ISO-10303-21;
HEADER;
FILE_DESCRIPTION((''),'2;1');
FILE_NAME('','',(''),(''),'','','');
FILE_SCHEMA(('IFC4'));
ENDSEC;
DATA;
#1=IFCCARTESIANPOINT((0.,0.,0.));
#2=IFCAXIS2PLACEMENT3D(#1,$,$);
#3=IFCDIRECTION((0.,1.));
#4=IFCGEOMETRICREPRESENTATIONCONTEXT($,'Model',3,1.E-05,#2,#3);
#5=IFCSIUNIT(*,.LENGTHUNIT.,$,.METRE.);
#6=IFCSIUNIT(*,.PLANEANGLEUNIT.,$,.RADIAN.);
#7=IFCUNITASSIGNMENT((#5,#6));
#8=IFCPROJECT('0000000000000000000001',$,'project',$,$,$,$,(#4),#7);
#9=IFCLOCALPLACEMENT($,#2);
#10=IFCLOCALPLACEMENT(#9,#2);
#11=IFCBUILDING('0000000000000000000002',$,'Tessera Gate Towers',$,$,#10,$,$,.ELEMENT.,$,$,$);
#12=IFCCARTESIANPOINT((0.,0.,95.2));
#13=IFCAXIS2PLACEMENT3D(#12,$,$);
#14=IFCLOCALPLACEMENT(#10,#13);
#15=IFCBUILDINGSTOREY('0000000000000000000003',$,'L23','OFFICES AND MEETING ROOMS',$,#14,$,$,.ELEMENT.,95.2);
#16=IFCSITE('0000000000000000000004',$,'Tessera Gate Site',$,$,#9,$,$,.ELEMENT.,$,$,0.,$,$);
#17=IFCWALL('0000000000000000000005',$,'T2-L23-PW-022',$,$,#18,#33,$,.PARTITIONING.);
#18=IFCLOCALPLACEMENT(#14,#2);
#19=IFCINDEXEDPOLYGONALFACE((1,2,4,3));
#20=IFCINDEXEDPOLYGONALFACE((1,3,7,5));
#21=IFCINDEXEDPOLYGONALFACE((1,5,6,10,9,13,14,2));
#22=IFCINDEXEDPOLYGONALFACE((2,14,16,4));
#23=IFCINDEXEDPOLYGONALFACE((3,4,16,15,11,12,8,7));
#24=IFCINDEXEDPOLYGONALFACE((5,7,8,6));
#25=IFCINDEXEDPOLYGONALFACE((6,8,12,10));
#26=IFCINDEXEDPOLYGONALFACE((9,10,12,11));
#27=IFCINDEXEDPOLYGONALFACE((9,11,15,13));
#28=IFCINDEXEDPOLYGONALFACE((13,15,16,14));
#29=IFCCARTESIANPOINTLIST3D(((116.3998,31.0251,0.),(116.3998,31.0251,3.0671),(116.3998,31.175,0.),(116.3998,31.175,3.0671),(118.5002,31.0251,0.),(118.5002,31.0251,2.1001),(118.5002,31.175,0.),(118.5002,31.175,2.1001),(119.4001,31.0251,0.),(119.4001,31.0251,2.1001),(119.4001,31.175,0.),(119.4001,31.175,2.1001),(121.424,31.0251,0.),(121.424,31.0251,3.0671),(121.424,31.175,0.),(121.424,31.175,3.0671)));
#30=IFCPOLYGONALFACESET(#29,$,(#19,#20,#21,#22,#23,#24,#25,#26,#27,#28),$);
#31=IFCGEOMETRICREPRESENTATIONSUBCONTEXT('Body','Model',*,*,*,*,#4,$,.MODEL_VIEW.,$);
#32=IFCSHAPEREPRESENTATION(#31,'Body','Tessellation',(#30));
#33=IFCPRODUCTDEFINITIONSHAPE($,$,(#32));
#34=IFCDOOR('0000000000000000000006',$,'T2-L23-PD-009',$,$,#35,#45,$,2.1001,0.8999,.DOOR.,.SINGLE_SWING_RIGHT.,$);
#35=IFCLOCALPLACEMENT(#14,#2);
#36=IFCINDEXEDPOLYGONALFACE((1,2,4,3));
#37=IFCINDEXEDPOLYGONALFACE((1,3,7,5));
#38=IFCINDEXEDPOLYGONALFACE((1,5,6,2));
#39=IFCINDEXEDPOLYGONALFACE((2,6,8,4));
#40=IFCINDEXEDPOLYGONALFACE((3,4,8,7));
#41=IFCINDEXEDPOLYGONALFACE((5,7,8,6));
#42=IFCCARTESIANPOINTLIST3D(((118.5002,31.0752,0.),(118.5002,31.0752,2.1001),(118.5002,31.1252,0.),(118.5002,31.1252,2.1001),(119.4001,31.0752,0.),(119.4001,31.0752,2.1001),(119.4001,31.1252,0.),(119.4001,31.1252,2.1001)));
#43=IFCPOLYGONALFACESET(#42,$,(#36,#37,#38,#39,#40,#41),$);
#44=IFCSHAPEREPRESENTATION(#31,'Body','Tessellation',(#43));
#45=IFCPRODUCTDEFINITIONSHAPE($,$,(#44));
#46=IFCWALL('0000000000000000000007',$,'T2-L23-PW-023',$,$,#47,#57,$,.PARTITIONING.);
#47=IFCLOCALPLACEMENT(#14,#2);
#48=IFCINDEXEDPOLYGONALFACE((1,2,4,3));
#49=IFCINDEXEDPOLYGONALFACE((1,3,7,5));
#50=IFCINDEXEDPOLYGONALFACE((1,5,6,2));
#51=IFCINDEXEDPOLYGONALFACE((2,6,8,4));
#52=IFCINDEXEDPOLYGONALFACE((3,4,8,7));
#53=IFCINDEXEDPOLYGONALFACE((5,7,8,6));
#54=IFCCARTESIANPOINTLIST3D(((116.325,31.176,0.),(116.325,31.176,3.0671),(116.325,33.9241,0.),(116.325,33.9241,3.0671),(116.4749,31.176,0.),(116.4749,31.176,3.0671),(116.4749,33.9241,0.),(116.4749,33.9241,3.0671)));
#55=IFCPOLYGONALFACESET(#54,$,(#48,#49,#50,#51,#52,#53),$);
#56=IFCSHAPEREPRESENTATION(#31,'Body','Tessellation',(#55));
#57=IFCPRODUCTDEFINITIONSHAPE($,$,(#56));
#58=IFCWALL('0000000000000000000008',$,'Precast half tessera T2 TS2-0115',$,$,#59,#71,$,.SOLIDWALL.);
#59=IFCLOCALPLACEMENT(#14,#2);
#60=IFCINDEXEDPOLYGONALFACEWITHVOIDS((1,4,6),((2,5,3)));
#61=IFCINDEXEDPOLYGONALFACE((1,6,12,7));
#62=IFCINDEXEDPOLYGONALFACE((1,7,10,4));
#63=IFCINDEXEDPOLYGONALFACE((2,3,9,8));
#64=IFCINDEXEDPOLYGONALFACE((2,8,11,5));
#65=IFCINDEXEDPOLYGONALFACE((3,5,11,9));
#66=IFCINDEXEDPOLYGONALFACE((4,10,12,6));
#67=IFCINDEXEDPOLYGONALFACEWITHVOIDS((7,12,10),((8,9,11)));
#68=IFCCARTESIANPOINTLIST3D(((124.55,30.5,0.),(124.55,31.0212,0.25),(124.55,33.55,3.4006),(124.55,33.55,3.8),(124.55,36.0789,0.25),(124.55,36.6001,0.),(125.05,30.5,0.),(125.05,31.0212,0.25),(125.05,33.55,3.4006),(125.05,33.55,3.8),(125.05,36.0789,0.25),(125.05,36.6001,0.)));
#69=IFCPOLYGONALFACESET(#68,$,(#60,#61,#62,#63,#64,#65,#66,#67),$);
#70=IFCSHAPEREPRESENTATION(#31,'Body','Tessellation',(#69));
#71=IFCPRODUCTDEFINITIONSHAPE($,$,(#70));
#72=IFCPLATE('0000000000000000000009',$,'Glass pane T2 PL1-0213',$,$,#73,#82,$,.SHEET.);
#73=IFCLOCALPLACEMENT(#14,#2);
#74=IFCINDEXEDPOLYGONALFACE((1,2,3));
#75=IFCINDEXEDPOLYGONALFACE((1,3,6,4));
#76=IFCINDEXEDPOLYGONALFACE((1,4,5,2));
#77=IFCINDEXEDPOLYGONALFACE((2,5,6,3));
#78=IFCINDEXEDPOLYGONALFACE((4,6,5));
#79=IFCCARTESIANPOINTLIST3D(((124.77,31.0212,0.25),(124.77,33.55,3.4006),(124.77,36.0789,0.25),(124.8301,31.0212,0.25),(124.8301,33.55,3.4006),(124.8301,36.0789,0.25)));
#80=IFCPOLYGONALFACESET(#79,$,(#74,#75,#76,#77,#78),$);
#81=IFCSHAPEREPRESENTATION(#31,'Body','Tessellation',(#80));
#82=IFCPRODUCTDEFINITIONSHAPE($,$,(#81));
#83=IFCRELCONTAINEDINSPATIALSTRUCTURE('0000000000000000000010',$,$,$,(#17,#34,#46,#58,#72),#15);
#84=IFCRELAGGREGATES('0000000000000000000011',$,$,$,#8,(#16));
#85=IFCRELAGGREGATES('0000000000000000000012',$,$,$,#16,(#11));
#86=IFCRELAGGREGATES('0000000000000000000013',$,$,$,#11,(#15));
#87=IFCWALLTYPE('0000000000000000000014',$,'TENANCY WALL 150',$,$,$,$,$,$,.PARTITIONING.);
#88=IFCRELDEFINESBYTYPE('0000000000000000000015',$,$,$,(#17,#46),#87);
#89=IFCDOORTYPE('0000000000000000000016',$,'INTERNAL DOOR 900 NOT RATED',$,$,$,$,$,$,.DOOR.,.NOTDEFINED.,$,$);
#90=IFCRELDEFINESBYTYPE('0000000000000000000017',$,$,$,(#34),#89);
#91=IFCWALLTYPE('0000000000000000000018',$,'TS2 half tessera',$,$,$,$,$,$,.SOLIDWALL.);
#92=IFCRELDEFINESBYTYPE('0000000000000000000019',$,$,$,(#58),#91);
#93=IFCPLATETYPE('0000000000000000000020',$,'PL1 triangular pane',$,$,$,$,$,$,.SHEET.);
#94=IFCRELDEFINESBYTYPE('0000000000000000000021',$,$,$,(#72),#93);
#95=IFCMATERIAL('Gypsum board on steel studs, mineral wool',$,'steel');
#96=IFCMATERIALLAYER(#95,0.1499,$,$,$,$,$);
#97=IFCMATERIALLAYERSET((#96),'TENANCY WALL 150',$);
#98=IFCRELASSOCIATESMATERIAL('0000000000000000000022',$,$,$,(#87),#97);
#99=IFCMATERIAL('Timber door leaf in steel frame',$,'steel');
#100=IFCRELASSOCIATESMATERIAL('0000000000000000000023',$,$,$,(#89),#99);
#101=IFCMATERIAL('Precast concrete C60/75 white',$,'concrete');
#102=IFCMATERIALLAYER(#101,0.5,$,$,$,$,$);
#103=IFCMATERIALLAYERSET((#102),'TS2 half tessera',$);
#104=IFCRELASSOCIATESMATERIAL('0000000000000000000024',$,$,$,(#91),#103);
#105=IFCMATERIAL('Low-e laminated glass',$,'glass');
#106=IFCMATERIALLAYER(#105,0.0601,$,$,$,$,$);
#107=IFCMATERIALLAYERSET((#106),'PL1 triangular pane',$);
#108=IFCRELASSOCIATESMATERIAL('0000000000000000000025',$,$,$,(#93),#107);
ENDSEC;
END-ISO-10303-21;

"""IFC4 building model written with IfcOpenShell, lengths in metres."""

from ifc_helpers import new_model, si_unit, direction, frame, frame_2d, origin, place, context, subcontext, project, spatial, polyline, rectangle, outline, extrude, source, transform, mapped, material, layer, layer_set, type_object, element, fill, save


model = new_model("IFC4")

# Units and contexts
model_context = context("Model", 3, precision=1e-05, world=origin(), true_north=direction((0.0, 1.0)))
body_context = subcontext(model_context, "Body", "Model", "MODEL_VIEW")
ifc_project = project(units=[si_unit("LENGTHUNIT", "METRE"), si_unit("PLANEANGLEUNIT", "RADIAN")], contexts=[model_context])

# Site, building, storey
site_placement = place(None, origin())
site = spatial("IfcSite", under=ifc_project, at=site_placement, Name="Tessera Gate Site", CompositionType="ELEMENT", RefElevation=0.0)
building_placement = place(site_placement, origin())
building = spatial("IfcBuilding", under=site, at=building_placement, Name="Tessera Gate Towers", CompositionType="ELEMENT")
storey_placement = place(building_placement, frame((0.0, 0.0, 95.2)))
storey = spatial("IfcBuildingStorey", under=building, at=storey_placement, Name="L23", Description="OFFICES AND MEETING ROOMS", CompositionType="ELEMENT", Elevation=95.2)

# Shared definitions
shared_shape_1 = source(origin(), body_context, "Body", "SweptSolid", [
    extrude(rectangle(XDim=0.8999, YDim=2.1001, at=frame_2d((0.45, 1.05))), frame((0.0, 0.085, 0.0), z_axis=(0.0, -1.0, 0.0), x_axis=(1.0, 0.0, 0.0)), (0.0, 0.0, 1.0), 0.1699),
])
shared_shape_2 = source(origin(), body_context, "Body", "SweptSolid", [
    extrude(rectangle(XDim=0.8999, YDim=2.1001, at=frame_2d((0.45, 1.05))), frame((0.0, 0.0249, 0.0), z_axis=(0.0, -1.0, 0.0), x_axis=(1.0, 0.0, 0.0)), (0.0, 0.0, 1.0), 0.05),
])

# Wall, opening, door
ifc_material_1 = material(Name="Gypsum board on steel studs, mineral wool", Category="steel")
ifc_layer_1 = layer(ifc_material_1, 0.1499)
ifc_layer_set_1 = layer_set([ifc_layer_1], Name="TENANCY WALL 150")
wall_type_1 = type_object("IfcWallType", Name="TENANCY WALL 150", PredefinedType="PARTITIONING", material=ifc_layer_set_1)
ifc_material_2 = material(Name="Timber door leaf in steel frame", Category="steel")
door_type_1 = type_object("IfcDoorType", Name="INTERNAL DOOR 900 NOT RATED", OperationType="NOTDEFINED", PredefinedType="DOOR", material=ifc_material_2)
wall_1_placement = place(storey_placement, frame((121.4241, 31.1001, 0.0), z_axis=(0.0, 0.0, 1.0), x_axis=(-1.0, 0.0, 0.0)))
wall_1 = element("IfcWall", 1, at=wall_1_placement, inside=storey, type_object=wall_type_1, Name="T2-L23-PW-022", PredefinedType="PARTITIONING", context=body_context, shape_type="SweptSolid", body=[
    extrude(rectangle(XDim=5.0242, YDim=0.1499, at=frame_2d((2.5122, 0.0))), origin(), (0.0, 0.0, 1.0), 3.0671),
])
opening_1_placement = place(wall_1_placement, frame((2.0239, 0.0, 0.0)))
opening_1 = element("IfcOpeningElement", 2, at=opening_1_placement, cuts=wall_1, PredefinedType="OPENING", context=body_context, shape_type="MappedRepresentation", body=[
    mapped(shared_shape_1, transform((0.0, 0.0, 0.0), scale=1.0)),
])
door_1_placement = place(opening_1_placement, origin())
door_1 = element("IfcDoor", 3, at=door_1_placement, inside=storey, type_object=door_type_1, Name="T2-L23-PD-009", OperationType="SINGLE_SWING_RIGHT", OverallHeight=2.1001, OverallWidth=0.8999, PredefinedType="DOOR", context=body_context, shape_type="MappedRepresentation", body=[
    mapped(shared_shape_2, transform((0.0, 0.0, 0.0), scale=1.0)),
])
fill(opening_1, door_1)

# Wall
wall_2_placement = place(storey_placement, frame((116.3999, 31.176, 0.0), z_axis=(0.0, 0.0, 1.0), x_axis=(0.0, 1.0, 0.0)))
element("IfcWall", 4, at=wall_2_placement, inside=storey, type_object=wall_type_1, Name="T2-L23-PW-023", PredefinedType="PARTITIONING", context=body_context, shape_type="SweptSolid", body=[
    extrude(rectangle(XDim=2.748, YDim=0.1499, at=frame_2d((1.374, 0.0))), origin(), (0.0, 0.0, 1.0), 3.0671),
])

# Wall, opening, plate
ifc_material_3 = material(Name="Precast concrete C60/75 white", Category="concrete")
ifc_layer_2 = layer(ifc_material_3, 0.5)
ifc_layer_set_2 = layer_set([ifc_layer_2], Name="TS2 half tessera")
wall_type_2 = type_object("IfcWallType", Name="TS2 half tessera", PredefinedType="SOLIDWALL", material=ifc_layer_set_2)
shared_shape_3 = source(origin(), body_context, "Body", "SweptSolid", [
    extrude(outline(polyline([(6.1001, 0.0), (3.05, 3.8), (0.0, 0.0), (6.1001, 0.0)])), frame((0.0, 0.25, 0.0), z_axis=(0.0, -1.0, 0.0), x_axis=(1.0, 0.0, 0.0)), (0.0, 0.0, 1.0), 0.5),
])
wall_3_placement = place(storey_placement, frame((124.8, 30.5, 0.0), z_axis=(0.0, 0.0, 1.0), x_axis=(0.0, 1.0, 0.0)))
wall_3 = element("IfcWall", 5, at=wall_3_placement, inside=storey, type_object=wall_type_2, Name="Precast half tessera T2 TS2-0115", PredefinedType="SOLIDWALL", context=body_context, shape_type="MappedRepresentation", body=[
    mapped(shared_shape_3, transform((0.0, 0.0, 0.0), scale=1.0)),
])
shared_shape_4 = source(origin(), body_context, "Body", "SweptSolid", [
    extrude(outline(polyline([(5.5789, 0.25), (3.05, 3.4006), (0.5212, 0.25), (5.5789, 0.25)])), frame((0.0, 0.26, 0.0), z_axis=(0.0, -1.0, 0.0), x_axis=(1.0, 0.0, 0.0)), (0.0, 0.0, 1.0), 0.52),
])
opening_2_placement = place(wall_3_placement, origin())
opening_2 = element("IfcOpeningElement", 6, at=opening_2_placement, cuts=wall_3, PredefinedType="OPENING", context=body_context, shape_type="MappedRepresentation", body=[
    mapped(shared_shape_4, transform((0.0, 0.0, 0.0), scale=1.0)),
])
ifc_material_4 = material(Name="Low-e laminated glass", Category="glass")
ifc_layer_3 = layer(ifc_material_4, 0.0601)
ifc_layer_set_3 = layer_set([ifc_layer_3], Name="PL1 triangular pane")
plate_type = type_object("IfcPlateType", Name="PL1 triangular pane", PredefinedType="SHEET", material=ifc_layer_set_3)
shared_shape_5 = source(origin(), body_context, "Body", "SweptSolid", [
    extrude(outline(polyline([(5.5789, 0.25), (3.05, 3.4006), (0.5212, 0.25), (5.5789, 0.25)])), frame((0.0, 0.03, 0.0), z_axis=(0.0, -1.0, 0.0), x_axis=(1.0, 0.0, 0.0)), (0.0, 0.0, 1.0), 0.0601),
])
plate_placement = place(opening_2_placement, origin())
plate = element("IfcPlate", 7, at=plate_placement, inside=storey, type_object=plate_type, Name="Glass pane T2 PL1-0213", PredefinedType="SHEET", context=body_context, shape_type="MappedRepresentation", body=[
    mapped(shared_shape_5, transform((0.0, 0.0, 0.0), scale=1.0)),
])
fill(opening_2, plate)

save(model, "model.ifc")
